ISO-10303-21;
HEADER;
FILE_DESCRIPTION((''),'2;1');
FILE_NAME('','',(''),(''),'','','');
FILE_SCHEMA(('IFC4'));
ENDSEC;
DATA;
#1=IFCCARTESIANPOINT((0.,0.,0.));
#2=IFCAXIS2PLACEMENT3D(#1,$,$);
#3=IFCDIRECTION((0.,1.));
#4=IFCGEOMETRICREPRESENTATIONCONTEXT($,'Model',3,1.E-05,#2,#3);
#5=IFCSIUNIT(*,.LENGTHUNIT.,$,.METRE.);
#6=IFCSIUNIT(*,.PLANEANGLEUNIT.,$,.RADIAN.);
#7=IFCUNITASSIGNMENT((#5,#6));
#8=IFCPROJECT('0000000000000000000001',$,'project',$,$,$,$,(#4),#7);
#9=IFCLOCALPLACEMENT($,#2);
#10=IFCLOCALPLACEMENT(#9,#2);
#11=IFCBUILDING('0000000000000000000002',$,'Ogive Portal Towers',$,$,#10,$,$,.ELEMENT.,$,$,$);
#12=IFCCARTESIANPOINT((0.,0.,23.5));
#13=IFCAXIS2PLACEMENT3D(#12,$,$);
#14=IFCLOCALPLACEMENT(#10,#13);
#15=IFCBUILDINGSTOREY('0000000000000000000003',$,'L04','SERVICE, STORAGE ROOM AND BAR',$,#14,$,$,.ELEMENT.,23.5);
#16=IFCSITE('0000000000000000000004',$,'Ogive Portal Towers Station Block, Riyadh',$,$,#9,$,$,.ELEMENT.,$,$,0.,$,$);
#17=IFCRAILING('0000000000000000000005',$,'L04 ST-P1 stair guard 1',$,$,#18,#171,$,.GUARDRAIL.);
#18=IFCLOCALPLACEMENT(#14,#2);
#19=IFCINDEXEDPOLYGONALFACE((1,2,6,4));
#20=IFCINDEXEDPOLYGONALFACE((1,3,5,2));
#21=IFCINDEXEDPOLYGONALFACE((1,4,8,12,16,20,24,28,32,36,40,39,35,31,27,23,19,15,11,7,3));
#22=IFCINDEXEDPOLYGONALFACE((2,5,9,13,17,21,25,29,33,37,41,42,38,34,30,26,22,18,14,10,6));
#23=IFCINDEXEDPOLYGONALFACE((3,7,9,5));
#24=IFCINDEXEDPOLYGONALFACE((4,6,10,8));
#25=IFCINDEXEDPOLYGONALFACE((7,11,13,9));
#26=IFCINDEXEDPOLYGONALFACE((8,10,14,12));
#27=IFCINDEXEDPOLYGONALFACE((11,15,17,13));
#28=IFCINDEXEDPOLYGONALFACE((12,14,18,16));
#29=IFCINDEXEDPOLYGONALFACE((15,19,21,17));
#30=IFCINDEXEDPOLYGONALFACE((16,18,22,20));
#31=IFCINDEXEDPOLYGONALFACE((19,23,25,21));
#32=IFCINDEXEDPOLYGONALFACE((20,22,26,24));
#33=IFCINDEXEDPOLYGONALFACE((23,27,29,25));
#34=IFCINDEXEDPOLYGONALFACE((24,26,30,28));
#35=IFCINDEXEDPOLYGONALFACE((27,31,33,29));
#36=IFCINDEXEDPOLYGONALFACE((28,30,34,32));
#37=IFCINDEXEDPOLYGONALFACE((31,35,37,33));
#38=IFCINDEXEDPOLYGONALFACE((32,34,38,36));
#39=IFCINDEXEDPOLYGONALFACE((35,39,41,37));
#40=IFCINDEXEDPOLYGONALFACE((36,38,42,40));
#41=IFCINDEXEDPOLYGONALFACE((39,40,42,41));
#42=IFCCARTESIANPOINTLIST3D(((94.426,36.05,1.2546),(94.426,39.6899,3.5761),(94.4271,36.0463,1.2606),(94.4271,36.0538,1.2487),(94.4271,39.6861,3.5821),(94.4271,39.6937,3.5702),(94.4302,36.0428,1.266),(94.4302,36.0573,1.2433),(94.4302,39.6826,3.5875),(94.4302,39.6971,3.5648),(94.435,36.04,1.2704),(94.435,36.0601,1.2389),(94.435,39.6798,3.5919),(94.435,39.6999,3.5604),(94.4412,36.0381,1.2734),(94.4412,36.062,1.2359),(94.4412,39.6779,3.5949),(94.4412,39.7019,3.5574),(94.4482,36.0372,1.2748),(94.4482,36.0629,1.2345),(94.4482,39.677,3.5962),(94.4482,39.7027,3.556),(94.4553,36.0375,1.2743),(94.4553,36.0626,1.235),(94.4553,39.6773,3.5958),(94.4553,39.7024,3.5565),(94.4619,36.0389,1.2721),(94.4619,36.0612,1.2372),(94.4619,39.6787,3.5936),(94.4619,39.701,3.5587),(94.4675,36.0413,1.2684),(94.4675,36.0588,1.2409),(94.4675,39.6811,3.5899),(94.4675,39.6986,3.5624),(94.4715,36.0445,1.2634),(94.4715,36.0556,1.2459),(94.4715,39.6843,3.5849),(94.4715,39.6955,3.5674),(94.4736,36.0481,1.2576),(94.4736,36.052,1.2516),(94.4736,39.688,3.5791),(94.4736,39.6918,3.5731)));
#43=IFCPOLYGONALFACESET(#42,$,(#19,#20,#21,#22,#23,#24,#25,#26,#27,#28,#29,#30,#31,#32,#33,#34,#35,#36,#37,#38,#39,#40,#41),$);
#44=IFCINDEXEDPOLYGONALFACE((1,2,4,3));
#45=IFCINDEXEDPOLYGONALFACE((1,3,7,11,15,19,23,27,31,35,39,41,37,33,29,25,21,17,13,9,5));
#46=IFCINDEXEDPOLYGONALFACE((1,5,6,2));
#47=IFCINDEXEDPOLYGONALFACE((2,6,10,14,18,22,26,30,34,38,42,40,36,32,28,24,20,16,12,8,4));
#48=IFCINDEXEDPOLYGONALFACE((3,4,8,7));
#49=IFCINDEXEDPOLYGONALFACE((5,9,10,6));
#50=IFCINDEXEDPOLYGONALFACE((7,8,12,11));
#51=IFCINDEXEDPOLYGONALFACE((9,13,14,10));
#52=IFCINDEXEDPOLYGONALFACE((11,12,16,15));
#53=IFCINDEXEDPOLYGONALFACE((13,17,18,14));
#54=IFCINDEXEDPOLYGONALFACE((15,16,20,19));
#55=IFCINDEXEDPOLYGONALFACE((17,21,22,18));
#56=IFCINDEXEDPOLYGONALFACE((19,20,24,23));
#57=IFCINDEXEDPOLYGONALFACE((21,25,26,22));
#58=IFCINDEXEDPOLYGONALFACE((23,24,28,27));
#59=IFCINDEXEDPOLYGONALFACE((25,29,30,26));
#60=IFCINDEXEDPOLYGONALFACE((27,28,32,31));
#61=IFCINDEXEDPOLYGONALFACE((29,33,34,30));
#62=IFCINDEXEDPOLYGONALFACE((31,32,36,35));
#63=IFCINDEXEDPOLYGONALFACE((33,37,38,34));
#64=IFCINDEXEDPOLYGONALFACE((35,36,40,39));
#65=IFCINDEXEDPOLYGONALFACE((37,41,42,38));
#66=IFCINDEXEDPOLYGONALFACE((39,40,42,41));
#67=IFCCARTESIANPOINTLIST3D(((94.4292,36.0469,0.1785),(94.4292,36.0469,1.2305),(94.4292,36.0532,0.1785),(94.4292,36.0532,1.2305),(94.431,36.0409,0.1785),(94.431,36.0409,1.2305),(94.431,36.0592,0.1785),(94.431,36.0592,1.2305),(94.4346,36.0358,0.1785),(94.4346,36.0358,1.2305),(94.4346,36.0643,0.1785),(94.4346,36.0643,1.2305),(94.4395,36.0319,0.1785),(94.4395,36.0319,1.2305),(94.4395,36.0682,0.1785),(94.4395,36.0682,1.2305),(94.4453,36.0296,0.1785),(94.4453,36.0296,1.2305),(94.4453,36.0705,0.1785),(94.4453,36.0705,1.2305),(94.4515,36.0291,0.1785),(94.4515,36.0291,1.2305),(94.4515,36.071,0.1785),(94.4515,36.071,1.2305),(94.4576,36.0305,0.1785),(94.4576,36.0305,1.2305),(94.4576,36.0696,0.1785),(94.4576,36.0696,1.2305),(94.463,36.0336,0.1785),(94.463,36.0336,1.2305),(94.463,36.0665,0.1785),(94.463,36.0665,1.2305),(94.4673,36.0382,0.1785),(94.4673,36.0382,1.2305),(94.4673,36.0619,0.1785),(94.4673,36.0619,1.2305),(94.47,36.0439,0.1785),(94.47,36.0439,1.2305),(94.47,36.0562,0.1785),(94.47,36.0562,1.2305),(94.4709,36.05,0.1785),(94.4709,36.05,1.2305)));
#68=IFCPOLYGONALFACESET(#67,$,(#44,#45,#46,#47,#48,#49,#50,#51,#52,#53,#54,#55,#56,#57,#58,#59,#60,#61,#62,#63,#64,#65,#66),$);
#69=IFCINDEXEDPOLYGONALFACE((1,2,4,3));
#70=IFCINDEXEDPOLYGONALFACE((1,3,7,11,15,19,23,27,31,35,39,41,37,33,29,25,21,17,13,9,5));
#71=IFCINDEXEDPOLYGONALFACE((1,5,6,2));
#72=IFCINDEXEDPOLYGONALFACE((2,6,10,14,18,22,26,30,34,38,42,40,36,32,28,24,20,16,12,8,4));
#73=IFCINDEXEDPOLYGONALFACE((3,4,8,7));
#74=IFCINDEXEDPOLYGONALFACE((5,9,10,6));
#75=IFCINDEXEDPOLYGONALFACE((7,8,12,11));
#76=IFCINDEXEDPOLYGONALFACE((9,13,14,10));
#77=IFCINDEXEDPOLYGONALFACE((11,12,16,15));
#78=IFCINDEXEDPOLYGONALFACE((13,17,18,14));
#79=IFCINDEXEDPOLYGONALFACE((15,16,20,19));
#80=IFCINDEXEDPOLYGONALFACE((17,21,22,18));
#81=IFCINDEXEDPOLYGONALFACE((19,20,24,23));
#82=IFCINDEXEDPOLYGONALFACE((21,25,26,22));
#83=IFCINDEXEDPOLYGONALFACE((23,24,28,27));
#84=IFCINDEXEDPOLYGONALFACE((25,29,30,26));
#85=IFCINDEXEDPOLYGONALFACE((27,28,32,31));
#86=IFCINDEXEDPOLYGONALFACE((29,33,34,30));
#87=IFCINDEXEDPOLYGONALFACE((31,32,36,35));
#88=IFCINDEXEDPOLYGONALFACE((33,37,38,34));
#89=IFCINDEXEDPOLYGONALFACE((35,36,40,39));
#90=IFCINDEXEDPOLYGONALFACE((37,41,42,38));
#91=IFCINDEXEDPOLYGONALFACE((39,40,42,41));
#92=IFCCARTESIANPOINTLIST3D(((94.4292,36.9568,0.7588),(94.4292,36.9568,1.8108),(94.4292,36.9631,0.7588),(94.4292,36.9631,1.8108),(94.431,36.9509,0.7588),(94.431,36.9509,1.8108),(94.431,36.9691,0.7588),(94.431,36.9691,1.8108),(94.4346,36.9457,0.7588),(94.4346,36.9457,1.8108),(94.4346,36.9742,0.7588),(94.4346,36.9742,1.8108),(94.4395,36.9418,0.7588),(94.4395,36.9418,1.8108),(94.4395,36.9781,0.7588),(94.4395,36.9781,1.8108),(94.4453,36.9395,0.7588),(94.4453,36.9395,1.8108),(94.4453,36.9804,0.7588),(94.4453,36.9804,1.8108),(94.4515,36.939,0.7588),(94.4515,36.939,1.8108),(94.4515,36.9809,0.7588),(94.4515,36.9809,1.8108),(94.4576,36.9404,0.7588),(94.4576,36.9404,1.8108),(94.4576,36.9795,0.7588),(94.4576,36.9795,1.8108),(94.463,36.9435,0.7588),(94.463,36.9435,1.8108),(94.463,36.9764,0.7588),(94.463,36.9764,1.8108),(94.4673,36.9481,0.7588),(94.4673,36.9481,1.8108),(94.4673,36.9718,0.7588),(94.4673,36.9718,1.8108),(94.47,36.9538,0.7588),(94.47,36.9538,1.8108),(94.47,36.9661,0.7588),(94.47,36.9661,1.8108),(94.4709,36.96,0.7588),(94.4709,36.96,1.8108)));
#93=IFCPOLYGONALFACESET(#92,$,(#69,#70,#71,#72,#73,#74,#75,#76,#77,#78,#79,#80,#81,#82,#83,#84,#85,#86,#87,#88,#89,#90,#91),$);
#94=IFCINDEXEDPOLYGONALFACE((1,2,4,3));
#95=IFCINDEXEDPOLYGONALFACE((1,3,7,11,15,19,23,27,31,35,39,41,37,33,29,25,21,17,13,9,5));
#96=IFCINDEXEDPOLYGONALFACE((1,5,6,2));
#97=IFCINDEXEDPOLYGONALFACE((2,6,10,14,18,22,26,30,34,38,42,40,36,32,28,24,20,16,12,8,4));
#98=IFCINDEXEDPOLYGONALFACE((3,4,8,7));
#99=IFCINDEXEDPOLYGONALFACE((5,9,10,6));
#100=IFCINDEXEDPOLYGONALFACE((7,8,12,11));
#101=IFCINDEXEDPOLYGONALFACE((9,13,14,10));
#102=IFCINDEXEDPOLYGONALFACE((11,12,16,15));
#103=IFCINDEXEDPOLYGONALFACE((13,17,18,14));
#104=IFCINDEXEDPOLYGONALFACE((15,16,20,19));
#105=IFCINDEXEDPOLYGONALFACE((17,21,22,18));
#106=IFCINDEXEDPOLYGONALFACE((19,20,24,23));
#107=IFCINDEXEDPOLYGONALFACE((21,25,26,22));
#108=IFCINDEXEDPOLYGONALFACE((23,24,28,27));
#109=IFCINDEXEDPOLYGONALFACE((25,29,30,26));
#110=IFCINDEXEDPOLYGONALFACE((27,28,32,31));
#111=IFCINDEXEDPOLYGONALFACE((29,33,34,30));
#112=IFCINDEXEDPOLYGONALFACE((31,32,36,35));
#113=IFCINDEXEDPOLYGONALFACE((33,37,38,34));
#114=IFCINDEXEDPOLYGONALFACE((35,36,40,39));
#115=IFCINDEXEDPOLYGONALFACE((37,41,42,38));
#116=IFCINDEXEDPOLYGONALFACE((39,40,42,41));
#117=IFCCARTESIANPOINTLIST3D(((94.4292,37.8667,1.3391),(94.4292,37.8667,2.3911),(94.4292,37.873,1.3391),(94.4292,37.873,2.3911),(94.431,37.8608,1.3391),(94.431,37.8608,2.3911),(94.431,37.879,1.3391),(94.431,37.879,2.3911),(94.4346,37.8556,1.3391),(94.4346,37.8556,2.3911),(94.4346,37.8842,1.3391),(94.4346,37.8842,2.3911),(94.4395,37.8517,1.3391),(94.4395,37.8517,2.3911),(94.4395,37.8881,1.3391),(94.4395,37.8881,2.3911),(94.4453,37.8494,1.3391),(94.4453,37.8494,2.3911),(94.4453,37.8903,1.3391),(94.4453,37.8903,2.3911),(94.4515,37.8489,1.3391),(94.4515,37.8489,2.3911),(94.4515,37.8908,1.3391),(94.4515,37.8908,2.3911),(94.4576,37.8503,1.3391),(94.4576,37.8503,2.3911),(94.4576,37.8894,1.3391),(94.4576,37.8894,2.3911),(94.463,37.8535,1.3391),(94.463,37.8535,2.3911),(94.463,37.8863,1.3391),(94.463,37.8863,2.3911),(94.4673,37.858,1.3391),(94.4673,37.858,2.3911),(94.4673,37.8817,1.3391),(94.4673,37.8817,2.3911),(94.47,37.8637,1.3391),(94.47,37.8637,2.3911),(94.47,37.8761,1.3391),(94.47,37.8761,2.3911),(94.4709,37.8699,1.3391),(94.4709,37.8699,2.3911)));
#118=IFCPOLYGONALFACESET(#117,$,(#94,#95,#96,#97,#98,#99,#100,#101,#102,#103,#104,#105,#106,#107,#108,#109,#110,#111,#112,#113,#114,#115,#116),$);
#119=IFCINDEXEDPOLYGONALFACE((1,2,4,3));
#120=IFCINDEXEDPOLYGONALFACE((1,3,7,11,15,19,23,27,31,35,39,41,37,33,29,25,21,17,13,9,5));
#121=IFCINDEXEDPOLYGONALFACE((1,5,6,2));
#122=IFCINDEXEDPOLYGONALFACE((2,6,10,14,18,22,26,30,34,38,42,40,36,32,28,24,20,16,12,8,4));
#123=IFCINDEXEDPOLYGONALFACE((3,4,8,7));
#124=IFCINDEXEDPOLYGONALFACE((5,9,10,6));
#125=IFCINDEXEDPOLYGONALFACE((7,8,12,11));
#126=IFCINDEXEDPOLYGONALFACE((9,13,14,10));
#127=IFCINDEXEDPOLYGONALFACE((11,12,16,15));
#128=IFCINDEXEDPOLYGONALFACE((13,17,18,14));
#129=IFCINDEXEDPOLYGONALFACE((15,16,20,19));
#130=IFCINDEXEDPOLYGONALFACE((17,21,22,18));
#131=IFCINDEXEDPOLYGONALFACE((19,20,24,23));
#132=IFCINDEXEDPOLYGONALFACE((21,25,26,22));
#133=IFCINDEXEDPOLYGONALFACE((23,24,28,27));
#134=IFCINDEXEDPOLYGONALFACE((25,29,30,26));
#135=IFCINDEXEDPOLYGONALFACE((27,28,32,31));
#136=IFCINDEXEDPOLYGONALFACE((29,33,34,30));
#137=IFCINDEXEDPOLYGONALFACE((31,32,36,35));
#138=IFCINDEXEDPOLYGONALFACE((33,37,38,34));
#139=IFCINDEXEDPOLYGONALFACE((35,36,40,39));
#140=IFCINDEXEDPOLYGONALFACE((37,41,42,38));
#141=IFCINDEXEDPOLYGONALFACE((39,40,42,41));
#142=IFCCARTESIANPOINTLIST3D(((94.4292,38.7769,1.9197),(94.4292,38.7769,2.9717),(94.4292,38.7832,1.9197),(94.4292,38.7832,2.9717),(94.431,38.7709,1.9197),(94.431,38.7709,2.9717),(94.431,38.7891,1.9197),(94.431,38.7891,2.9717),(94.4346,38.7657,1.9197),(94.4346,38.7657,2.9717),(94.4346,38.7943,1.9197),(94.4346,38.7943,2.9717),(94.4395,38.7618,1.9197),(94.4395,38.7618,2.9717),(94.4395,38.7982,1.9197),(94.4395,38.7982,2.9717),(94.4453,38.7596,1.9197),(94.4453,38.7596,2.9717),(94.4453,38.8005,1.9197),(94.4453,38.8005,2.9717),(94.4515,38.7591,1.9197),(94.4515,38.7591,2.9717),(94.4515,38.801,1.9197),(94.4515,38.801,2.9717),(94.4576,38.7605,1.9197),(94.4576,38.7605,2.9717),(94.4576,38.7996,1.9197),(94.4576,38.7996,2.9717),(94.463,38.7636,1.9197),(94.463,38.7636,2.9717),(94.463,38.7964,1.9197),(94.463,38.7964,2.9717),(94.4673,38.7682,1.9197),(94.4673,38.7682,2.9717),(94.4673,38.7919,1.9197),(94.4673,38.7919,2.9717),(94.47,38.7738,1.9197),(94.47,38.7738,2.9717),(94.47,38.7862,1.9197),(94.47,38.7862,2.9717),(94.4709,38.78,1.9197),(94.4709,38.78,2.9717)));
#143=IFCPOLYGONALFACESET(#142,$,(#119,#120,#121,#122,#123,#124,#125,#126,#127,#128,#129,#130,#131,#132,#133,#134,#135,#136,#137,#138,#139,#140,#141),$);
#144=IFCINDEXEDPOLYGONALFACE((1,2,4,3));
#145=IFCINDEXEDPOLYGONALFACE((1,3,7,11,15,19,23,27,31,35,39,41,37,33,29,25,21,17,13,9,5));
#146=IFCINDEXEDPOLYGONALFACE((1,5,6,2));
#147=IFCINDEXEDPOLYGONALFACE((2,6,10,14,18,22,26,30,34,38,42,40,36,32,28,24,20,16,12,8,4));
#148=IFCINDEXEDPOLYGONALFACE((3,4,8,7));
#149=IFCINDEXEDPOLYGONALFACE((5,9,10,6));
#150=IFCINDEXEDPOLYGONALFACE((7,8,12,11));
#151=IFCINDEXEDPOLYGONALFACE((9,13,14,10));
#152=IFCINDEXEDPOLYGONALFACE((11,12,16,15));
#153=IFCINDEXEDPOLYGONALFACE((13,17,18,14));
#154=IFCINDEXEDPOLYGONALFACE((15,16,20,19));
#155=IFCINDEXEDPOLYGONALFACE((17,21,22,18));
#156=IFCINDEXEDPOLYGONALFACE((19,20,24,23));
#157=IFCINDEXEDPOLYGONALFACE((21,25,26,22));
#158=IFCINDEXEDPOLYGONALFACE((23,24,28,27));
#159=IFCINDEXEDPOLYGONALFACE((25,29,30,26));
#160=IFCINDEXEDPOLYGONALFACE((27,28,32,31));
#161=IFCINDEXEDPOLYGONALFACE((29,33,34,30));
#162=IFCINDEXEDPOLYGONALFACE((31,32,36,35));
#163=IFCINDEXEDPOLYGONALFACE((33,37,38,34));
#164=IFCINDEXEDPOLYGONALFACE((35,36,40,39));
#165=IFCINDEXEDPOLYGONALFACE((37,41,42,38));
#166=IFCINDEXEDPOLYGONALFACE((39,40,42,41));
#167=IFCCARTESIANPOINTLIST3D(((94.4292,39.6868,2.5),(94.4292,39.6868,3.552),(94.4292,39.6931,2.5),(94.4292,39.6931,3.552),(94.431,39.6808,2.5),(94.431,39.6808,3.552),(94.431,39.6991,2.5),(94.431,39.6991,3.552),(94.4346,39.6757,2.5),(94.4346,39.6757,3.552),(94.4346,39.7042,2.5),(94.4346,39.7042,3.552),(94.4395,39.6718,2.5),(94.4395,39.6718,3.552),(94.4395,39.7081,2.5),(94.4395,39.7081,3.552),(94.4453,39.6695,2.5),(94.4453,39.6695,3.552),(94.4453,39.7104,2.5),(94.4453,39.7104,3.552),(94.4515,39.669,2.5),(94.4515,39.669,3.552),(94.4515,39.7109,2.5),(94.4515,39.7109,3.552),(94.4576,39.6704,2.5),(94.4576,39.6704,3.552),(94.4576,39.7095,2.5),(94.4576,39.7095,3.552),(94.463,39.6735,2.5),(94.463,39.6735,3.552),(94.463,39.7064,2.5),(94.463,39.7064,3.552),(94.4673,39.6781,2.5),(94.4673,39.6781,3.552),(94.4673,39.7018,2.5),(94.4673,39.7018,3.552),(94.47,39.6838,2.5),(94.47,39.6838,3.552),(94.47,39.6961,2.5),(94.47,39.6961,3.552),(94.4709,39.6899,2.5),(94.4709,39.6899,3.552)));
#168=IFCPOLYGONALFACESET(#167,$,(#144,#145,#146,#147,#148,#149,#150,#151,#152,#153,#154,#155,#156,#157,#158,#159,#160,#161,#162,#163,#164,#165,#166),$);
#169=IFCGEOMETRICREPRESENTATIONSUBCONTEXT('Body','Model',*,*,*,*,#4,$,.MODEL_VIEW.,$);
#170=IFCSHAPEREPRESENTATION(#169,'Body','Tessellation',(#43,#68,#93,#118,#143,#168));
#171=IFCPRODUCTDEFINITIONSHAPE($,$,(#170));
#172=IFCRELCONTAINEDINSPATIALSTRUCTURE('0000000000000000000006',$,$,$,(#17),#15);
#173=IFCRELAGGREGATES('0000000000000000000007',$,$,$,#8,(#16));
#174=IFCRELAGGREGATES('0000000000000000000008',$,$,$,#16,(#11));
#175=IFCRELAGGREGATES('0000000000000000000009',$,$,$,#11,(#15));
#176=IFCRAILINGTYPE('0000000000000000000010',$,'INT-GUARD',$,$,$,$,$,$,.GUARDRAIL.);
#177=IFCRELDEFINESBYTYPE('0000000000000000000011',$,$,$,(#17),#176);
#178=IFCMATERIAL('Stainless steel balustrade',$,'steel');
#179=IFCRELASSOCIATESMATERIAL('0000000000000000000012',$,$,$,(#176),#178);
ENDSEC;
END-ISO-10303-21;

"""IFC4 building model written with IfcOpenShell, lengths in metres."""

from ifc_helpers import new_model, si_unit, direction, frame, origin, origin_2d, place, context, subcontext, project, spatial, circle, extrude, material, type_object, element, save


model = new_model("IFC4")

# Units and contexts
model_context = context("Model", 3, precision=1e-05, world=origin(), true_north=direction((0.0, 1.0)))
body_context = subcontext(model_context, "Body", "Model", "MODEL_VIEW")
ifc_project = project(units=[si_unit("LENGTHUNIT", "METRE"), si_unit("PLANEANGLEUNIT", "RADIAN")], contexts=[model_context])

# Site, building, storey
site_placement = place(None, origin())
site = spatial("IfcSite", under=ifc_project, at=site_placement, Name="Ogive Portal Towers Station Block, Riyadh", CompositionType="ELEMENT", RefElevation=0.0)
building_placement = place(site_placement, origin())
building = spatial("IfcBuilding", under=site, at=building_placement, Name="Ogive Portal Towers", CompositionType="ELEMENT")
storey_placement = place(building_placement, frame((0.0, 0.0, 23.5)))
storey = spatial("IfcBuildingStorey", under=building, at=storey_placement, Name="L04", Description="SERVICE, STORAGE ROOM AND BAR", CompositionType="ELEMENT", Elevation=23.5)

# Railing
ifc_material_1 = material(Name="Stainless steel balustrade", Category="steel")
railing_type_1 = type_object("IfcRailingType", Name="INT-GUARD", PredefinedType="GUARDRAIL", material=ifc_material_1)
railing_1_placement = place(storey_placement, frame((94.45, 36.05, 0.1785)))
element("IfcRailing", 1, at=railing_1_placement, inside=storey, type_object=railing_type_1, Name="L04 ST-P1 stair guard 1", PredefinedType="GUARDRAIL", context=body_context, shape_type="SweptSolid", body=[
    extrude(circle(Radius=0.0239, at=origin_2d()), frame((0.0, 0.0, 1.0762), z_axis=(0.0, 0.843112, 0.537739), x_axis=(-1.0, 0.0, 0.0)), (0.0, 0.0, 1.0), 4.3171),
    extrude(circle(Radius=0.021, at=origin_2d()), origin(), (0.0, 0.0, 1.0), 1.052),
    extrude(circle(Radius=0.021, at=origin_2d()), frame((0.0, 0.9099, 0.5803)), (0.0, 0.0, 1.0), 1.052),
    extrude(circle(Radius=0.021, at=origin_2d()), frame((0.0, 1.8198, 1.1606)), (0.0, 0.0, 1.0), 1.052),
    extrude(circle(Radius=0.021, at=origin_2d()), frame((0.0, 2.73, 1.7412)), (0.0, 0.0, 1.0), 1.052),
    extrude(circle(Radius=0.021, at=origin_2d()), frame((0.0, 3.6399, 2.3215)), (0.0, 0.0, 1.0), 1.052),
])

save(model, "model.ifc")
